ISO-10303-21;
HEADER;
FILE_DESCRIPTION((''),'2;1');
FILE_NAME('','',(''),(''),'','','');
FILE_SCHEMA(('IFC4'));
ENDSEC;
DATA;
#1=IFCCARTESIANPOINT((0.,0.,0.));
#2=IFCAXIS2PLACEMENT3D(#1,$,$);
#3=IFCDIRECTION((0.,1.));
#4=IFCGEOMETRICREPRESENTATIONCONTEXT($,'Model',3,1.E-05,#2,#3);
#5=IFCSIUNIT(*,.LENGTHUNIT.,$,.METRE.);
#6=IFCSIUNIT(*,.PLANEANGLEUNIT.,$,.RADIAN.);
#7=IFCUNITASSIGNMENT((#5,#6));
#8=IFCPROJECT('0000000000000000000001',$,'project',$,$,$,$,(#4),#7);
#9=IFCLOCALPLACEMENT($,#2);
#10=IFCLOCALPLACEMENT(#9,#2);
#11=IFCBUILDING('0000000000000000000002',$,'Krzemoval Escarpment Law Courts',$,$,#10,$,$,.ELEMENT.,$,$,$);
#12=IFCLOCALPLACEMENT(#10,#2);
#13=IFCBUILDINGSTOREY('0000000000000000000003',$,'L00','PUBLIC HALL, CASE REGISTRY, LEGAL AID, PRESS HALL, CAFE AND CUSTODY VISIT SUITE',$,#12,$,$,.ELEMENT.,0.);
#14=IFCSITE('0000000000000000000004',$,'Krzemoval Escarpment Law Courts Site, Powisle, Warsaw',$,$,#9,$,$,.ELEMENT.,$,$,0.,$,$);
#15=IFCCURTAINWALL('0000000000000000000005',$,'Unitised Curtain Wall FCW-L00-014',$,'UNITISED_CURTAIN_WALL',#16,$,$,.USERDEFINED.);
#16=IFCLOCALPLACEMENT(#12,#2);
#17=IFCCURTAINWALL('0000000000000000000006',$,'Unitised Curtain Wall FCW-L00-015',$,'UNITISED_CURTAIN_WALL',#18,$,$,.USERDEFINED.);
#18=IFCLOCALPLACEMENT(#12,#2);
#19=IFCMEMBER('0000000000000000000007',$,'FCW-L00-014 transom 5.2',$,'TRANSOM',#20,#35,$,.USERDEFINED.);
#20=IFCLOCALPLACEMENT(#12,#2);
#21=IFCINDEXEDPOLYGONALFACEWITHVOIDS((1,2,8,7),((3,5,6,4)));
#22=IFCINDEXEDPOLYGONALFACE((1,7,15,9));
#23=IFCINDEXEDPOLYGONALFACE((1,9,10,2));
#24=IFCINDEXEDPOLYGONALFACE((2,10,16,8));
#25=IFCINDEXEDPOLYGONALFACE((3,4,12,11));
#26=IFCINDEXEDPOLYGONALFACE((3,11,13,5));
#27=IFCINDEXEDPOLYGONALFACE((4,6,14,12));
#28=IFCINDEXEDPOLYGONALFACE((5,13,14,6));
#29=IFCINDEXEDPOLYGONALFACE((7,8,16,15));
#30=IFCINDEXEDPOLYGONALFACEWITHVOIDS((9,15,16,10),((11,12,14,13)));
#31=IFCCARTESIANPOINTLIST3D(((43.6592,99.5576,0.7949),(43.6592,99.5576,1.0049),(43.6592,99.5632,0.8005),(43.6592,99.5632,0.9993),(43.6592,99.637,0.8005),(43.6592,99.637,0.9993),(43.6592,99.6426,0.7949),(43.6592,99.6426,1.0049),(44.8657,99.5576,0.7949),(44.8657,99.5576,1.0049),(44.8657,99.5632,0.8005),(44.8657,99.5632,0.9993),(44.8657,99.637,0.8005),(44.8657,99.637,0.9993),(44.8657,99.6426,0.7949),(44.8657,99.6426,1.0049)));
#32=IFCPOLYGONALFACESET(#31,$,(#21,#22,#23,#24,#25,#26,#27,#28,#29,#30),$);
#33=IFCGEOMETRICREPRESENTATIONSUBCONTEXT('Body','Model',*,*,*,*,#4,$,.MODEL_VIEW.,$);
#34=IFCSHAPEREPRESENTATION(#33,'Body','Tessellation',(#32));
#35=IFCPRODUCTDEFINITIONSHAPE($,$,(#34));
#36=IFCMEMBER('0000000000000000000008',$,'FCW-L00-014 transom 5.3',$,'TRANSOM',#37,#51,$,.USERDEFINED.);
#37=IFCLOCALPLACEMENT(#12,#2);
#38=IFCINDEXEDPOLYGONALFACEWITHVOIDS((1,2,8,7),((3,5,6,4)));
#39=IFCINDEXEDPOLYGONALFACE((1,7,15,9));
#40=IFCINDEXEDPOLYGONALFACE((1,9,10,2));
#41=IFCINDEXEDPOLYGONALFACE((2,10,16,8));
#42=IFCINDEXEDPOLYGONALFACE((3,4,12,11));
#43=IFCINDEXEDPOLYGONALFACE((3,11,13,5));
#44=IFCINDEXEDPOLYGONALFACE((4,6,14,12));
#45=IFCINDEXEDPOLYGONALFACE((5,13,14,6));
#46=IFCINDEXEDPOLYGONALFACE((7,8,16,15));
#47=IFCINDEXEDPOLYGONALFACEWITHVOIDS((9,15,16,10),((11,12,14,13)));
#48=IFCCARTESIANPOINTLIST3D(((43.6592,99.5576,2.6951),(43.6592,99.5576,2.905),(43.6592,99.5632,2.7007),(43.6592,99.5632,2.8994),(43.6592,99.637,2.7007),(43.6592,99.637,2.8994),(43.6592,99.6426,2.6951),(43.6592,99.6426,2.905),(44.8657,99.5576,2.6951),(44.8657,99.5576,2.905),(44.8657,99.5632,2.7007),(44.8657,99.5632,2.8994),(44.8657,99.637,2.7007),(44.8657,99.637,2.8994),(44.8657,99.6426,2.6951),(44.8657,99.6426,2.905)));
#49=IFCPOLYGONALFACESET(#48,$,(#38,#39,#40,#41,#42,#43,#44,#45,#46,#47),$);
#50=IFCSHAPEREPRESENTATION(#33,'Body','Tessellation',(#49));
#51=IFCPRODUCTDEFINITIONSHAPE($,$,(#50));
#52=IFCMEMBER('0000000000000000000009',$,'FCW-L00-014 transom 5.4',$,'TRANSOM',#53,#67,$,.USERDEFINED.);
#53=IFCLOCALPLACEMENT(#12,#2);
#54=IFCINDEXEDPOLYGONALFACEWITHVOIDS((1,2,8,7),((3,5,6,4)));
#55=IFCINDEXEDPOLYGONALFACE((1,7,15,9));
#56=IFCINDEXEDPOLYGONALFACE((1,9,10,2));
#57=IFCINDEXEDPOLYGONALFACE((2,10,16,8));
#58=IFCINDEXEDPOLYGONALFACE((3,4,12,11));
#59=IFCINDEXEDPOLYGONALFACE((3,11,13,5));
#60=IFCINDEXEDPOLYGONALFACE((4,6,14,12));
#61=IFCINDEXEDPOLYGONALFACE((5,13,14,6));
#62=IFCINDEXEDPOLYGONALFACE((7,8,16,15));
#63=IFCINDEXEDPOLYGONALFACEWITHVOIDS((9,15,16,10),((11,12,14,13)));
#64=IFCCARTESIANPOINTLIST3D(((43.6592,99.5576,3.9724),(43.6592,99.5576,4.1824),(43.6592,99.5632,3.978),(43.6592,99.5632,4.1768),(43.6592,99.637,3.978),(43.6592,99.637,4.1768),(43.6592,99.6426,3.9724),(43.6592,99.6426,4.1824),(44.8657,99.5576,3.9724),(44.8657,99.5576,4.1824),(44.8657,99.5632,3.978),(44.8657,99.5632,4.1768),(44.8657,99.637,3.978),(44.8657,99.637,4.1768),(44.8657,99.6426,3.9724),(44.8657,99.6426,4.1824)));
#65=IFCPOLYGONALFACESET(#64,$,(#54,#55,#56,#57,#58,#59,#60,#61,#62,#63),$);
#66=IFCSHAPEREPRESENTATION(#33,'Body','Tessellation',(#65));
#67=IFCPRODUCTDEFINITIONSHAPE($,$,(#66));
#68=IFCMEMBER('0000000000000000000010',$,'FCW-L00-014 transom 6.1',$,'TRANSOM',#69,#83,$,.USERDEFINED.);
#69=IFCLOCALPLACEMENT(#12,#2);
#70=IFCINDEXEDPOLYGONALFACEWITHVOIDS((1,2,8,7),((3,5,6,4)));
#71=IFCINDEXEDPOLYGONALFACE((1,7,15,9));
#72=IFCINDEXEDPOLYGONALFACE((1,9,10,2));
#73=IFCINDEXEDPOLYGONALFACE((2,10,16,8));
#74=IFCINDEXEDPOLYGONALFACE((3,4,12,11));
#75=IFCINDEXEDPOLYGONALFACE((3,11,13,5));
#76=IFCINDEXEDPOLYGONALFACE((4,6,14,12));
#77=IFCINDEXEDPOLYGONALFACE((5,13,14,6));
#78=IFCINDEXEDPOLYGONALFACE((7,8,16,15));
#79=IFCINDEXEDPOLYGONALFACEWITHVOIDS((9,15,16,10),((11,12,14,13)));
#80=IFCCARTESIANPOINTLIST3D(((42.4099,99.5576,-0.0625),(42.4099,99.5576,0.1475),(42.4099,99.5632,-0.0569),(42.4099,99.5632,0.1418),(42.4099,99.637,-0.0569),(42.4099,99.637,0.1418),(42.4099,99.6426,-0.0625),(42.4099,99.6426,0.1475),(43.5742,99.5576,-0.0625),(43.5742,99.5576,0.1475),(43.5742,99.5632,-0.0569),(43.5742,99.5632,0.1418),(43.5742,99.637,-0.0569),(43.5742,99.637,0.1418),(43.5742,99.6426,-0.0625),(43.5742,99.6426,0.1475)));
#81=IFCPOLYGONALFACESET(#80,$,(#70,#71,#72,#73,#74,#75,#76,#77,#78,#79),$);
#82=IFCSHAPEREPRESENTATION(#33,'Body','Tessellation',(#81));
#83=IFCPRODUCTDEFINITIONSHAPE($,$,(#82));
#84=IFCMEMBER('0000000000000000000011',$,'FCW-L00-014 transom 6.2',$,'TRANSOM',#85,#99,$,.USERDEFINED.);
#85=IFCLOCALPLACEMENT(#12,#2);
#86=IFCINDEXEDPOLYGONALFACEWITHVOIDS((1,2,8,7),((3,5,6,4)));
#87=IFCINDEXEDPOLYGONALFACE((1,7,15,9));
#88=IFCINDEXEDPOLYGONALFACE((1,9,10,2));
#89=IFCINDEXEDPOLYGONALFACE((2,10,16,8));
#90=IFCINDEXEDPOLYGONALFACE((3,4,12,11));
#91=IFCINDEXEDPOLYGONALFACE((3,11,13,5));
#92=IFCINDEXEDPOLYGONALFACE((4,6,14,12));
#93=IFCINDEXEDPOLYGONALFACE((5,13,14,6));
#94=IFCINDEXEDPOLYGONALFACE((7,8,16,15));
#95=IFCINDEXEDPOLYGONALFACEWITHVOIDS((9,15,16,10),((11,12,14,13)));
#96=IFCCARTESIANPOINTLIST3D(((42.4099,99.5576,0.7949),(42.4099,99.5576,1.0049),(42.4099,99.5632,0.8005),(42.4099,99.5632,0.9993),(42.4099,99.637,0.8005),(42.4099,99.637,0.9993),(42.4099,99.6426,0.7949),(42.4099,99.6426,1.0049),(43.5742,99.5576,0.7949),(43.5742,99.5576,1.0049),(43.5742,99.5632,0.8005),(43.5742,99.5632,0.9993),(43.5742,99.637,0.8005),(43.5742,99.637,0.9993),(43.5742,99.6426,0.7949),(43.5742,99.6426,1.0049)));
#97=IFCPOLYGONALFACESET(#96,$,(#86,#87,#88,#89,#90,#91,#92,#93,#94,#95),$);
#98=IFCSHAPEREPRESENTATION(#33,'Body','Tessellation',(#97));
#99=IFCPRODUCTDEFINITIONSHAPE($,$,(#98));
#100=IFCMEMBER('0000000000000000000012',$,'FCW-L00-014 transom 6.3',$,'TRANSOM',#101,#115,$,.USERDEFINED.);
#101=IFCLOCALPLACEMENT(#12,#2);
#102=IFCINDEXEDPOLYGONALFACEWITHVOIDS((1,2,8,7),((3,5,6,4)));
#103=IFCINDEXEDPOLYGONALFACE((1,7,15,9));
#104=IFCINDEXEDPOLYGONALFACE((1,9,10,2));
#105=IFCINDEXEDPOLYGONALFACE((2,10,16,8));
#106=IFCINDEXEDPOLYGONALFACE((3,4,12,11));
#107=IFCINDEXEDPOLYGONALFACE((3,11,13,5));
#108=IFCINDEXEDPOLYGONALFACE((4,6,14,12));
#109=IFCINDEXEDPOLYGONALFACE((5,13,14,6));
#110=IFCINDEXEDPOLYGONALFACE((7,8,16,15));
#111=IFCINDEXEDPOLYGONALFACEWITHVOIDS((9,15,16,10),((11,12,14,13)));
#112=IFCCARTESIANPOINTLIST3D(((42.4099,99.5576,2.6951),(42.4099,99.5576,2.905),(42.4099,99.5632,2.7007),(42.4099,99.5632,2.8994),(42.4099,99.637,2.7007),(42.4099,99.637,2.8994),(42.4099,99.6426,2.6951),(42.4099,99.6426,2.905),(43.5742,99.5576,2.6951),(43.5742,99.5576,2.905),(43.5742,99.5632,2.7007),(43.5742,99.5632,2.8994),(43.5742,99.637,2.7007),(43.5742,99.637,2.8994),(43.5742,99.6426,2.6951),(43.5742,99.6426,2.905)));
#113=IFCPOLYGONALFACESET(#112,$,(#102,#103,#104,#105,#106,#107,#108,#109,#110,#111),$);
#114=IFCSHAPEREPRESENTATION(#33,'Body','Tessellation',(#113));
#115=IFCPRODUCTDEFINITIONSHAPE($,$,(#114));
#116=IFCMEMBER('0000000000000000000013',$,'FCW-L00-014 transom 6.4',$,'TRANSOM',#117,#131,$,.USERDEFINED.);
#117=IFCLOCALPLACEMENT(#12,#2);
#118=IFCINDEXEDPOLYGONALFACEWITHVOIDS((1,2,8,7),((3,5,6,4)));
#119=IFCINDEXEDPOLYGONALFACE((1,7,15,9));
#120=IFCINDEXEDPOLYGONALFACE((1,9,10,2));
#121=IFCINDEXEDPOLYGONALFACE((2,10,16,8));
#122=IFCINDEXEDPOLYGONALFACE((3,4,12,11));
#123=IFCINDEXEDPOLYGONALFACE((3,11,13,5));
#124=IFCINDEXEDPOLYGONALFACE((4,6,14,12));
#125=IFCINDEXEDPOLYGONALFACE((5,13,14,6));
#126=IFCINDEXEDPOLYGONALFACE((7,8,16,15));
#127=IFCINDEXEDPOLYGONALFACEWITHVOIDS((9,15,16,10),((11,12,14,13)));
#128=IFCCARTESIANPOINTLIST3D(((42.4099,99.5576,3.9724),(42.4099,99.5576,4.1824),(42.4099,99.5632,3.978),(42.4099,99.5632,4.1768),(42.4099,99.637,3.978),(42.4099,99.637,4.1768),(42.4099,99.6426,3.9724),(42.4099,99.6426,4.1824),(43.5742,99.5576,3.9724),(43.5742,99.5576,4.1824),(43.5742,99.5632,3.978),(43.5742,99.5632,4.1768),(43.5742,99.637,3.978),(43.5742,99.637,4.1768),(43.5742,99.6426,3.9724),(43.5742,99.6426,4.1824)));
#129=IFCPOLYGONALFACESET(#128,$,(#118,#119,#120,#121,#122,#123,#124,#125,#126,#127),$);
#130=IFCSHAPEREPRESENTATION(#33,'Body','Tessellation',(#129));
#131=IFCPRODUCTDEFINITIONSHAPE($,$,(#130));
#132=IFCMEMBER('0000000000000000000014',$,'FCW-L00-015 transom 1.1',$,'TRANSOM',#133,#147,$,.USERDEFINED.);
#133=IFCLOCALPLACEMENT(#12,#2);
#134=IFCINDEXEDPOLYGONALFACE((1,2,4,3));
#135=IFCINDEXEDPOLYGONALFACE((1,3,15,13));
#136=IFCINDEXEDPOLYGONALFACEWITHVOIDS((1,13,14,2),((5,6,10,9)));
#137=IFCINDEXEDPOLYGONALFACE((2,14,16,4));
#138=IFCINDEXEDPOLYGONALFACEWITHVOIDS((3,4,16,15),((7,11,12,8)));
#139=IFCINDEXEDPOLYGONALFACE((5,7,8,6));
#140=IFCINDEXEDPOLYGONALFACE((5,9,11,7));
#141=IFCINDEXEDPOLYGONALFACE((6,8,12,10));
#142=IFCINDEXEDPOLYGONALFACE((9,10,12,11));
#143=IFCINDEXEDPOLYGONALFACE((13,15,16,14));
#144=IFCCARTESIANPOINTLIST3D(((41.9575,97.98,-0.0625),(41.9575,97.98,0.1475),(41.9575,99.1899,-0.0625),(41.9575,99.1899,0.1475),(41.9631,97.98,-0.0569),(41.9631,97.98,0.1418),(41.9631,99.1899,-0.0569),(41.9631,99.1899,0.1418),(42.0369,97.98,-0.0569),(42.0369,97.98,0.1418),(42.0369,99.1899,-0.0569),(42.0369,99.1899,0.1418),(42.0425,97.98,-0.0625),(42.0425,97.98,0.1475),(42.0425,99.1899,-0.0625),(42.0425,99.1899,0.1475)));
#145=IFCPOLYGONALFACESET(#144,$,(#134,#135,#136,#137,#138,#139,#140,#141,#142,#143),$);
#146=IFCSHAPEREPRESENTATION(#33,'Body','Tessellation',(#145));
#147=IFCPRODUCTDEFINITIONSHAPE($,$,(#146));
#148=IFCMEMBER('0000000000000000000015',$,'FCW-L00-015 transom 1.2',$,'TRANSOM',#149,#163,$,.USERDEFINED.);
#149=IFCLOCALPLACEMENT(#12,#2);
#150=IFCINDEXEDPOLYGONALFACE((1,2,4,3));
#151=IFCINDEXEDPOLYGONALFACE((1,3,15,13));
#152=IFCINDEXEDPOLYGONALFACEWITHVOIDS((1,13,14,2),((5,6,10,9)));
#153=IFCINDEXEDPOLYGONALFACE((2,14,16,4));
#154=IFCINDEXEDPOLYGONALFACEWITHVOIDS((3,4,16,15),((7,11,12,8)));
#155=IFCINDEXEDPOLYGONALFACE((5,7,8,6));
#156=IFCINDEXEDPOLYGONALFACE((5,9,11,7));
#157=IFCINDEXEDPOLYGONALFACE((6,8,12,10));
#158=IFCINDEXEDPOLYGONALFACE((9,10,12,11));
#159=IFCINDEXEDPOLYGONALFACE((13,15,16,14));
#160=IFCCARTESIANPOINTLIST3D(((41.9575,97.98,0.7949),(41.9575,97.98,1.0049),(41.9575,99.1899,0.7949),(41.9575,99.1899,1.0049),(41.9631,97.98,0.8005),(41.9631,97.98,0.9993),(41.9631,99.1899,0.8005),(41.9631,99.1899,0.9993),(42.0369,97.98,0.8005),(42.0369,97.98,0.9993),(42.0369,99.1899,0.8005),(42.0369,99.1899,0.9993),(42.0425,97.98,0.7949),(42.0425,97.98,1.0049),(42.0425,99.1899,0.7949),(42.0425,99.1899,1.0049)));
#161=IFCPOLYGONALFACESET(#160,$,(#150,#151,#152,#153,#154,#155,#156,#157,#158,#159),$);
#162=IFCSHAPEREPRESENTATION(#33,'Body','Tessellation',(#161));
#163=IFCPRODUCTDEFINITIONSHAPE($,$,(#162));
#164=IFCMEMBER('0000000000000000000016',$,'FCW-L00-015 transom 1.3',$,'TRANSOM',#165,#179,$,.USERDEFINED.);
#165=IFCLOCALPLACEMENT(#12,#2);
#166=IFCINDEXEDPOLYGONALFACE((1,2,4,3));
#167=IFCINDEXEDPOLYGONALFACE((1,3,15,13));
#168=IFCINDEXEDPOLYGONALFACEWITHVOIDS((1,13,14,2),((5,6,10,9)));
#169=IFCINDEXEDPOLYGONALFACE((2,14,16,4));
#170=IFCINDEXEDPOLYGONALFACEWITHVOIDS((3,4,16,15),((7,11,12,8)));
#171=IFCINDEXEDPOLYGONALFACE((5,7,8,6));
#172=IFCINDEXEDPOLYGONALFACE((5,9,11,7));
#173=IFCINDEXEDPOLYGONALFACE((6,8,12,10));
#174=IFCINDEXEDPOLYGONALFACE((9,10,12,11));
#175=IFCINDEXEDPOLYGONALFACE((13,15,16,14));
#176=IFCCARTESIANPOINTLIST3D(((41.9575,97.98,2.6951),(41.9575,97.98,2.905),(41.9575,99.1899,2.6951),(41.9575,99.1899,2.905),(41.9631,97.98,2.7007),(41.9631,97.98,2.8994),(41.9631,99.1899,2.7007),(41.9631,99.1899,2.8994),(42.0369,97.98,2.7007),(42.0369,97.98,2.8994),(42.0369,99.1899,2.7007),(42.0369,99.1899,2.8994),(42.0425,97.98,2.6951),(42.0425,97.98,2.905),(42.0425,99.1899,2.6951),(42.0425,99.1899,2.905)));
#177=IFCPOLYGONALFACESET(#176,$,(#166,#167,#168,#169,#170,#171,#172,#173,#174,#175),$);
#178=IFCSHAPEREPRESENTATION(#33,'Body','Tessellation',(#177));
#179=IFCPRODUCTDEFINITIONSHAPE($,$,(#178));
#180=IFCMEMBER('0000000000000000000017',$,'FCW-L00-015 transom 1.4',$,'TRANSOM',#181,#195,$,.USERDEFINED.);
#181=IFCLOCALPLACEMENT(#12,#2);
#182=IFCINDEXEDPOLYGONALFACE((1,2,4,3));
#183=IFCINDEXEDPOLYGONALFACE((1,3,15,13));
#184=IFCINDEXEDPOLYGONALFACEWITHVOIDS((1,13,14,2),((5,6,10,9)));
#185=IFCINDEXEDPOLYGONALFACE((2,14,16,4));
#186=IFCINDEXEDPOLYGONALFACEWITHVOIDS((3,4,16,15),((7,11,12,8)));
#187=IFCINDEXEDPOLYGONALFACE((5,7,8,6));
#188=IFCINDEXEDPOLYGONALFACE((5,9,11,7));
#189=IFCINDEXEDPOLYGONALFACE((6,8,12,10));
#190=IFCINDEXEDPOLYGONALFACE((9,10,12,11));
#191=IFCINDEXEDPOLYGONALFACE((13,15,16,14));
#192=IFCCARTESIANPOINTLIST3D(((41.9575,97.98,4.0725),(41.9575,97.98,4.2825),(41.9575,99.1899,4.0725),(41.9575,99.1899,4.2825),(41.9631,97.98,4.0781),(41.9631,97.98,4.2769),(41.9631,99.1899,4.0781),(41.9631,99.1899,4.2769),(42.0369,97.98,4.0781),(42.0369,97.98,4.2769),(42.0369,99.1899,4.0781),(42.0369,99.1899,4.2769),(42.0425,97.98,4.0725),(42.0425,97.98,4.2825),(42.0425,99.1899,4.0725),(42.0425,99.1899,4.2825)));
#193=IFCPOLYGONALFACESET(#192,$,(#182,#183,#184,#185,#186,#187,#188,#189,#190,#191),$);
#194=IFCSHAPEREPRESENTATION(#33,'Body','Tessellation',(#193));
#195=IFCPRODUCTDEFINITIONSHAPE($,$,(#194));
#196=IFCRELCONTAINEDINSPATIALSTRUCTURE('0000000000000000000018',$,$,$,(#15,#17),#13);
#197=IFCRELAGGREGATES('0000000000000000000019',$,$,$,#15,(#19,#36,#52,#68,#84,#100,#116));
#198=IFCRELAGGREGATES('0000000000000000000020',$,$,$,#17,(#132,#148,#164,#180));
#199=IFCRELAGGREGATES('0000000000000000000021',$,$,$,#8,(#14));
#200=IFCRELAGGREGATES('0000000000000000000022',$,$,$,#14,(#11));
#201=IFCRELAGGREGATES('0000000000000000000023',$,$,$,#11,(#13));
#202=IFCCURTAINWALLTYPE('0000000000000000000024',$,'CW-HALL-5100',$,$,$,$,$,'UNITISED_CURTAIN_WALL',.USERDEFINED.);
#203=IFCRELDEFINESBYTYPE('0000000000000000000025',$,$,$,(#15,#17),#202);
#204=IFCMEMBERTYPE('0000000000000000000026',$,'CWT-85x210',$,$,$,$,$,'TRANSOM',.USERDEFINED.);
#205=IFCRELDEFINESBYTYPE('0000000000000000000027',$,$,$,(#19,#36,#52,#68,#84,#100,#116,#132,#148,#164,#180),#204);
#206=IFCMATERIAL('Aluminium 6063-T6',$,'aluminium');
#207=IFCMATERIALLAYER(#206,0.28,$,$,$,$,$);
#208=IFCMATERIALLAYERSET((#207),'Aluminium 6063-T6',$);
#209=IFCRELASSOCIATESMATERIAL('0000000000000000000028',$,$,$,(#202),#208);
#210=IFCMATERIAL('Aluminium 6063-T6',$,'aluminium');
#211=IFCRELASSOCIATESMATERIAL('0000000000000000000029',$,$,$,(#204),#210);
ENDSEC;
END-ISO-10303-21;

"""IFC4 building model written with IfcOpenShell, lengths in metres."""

from ifc_helpers import new_model, si_unit, direction, frame, origin, origin_2d, place, context, subcontext, project, spatial, hollow_rectangle, extrude, material, layer, layer_set, material_profile, profile_set, type_object, element, aggregate, save


model = new_model("IFC4")

# Units and contexts
model_context = context("Model", 3, precision=1e-05, world=origin(), true_north=direction((0.0, 1.0)))
body_context = subcontext(model_context, "Body", "Model", "MODEL_VIEW")
ifc_project = project(units=[si_unit("LENGTHUNIT", "METRE"), si_unit("PLANEANGLEUNIT", "RADIAN")], contexts=[model_context])

# Site, building, storey
site_placement = place(None, origin())
site = spatial("IfcSite", under=ifc_project, at=site_placement, Name="Krzemoval Escarpment Law Courts Site, Powisle, Warsaw", CompositionType="ELEMENT", RefElevation=0.0)
building_placement = place(site_placement, origin())
building = spatial("IfcBuilding", under=site, at=building_placement, Name="Krzemoval Escarpment Law Courts", CompositionType="ELEMENT")
storey_placement = place(building_placement, origin())
storey = spatial("IfcBuildingStorey", under=building, at=storey_placement, Name="L00", Description="PUBLIC HALL, CASE REGISTRY, LEGAL AID, PRESS HALL, CAFE AND CUSTODY VISIT SUITE", CompositionType="ELEMENT", Elevation=0.0)

# Curtain walls
ifc_material_1 = material(Name="Aluminium 6063-T6", Category="aluminium")
ifc_layer_1 = layer(ifc_material_1, 0.28)
ifc_layer_set_1 = layer_set([ifc_layer_1], Name="Aluminium 6063-T6")
curtain_wall_type = type_object("IfcCurtainWallType", Name="CW-HALL-5100", ElementType="UNITISED_CURTAIN_WALL", PredefinedType="USERDEFINED", material=ifc_layer_set_1)
curtain_wall_1_placement = place(storey_placement, origin())
curtain_wall_1 = element("IfcCurtainWall", 1, at=curtain_wall_1_placement, inside=storey, type_object=curtain_wall_type, Name="Unitised Curtain Wall FCW-L00-014", ObjectType="UNITISED_CURTAIN_WALL", PredefinedType="USERDEFINED")
curtain_wall_2_placement = place(storey_placement, origin())
curtain_wall_2 = element("IfcCurtainWall", 2, at=curtain_wall_2_placement, inside=storey, type_object=curtain_wall_type, Name="Unitised Curtain Wall FCW-L00-015", ObjectType="UNITISED_CURTAIN_WALL", PredefinedType="USERDEFINED")

# Members
ifc_material_2 = material(Name="Aluminium 6063-T6", Category="aluminium")
ifc_material_profile_1 = material_profile(ifc_material_2, hollow_rectangle(XDim=0.085, YDim=0.21, WallThickness=0.0056, at=origin_2d()), Name="ALU T85x210")
ifc_profile_set_1 = profile_set([ifc_material_profile_1], Name="Aluminium 6063-T6")
member_type_1 = type_object("IfcMemberType", Name="CWT-85x210", ElementType="TRANSOM", PredefinedType="USERDEFINED", material=ifc_profile_set_1)
member_1_placement = place(storey_placement, frame((44.8657, 99.6001, 0.8999), z_axis=(-1.0, 0.0, 0.0), x_axis=(0.0, -1.0, 0.0)))
member_1 = element("IfcMember", 3, at=member_1_placement, type_object=member_type_1, Name="FCW-L00-014 transom 5.2", ObjectType="TRANSOM", PredefinedType="USERDEFINED", context=body_context, shape_type="SweptSolid", body=[
    extrude(hollow_rectangle(XDim=0.085, YDim=0.21, WallThickness=0.0056, at=origin_2d()), origin(), (0.0, 0.0, 1.0), 1.2065),
])
member_2_placement = place(storey_placement, frame((44.8657, 99.6001, 2.8), z_axis=(-1.0, 0.0, 0.0), x_axis=(0.0, -1.0, 0.0)))
member_2 = element("IfcMember", 4, at=member_2_placement, type_object=member_type_1, Name="FCW-L00-014 transom 5.3", ObjectType="TRANSOM", PredefinedType="USERDEFINED", context=body_context, shape_type="SweptSolid", body=[
    extrude(hollow_rectangle(XDim=0.085, YDim=0.21, WallThickness=0.0056, at=origin_2d()), origin(), (0.0, 0.0, 1.0), 1.2065),
])
member_3_placement = place(storey_placement, frame((44.8657, 99.6001, 4.0774), z_axis=(-1.0, 0.0, 0.0), x_axis=(0.0, -1.0, 0.0)))
member_3 = element("IfcMember", 5, at=member_3_placement, type_object=member_type_1, Name="FCW-L00-014 transom 5.4", ObjectType="TRANSOM", PredefinedType="USERDEFINED", context=body_context, shape_type="SweptSolid", body=[
    extrude(hollow_rectangle(XDim=0.085, YDim=0.21, WallThickness=0.0056, at=origin_2d()), origin(), (0.0, 0.0, 1.0), 1.2065),
])
member_4_placement = place(storey_placement, frame((43.5742, 99.6001, 0.0425), z_axis=(-1.0, 0.0, 0.0), x_axis=(0.0, -1.0, 0.0)))
member_4 = element("IfcMember", 6, at=member_4_placement, type_object=member_type_1, Name="FCW-L00-014 transom 6.1", ObjectType="TRANSOM", PredefinedType="USERDEFINED", context=body_context, shape_type="SweptSolid", body=[
    extrude(hollow_rectangle(XDim=0.085, YDim=0.21, WallThickness=0.0056, at=origin_2d()), origin(), (0.0, 0.0, 1.0), 1.1643),
])
member_5_placement = place(storey_placement, frame((43.5742, 99.6001, 0.8999), z_axis=(-1.0, 0.0, 0.0), x_axis=(0.0, -1.0, 0.0)))
member_5 = element("IfcMember", 7, at=member_5_placement, type_object=member_type_1, Name="FCW-L00-014 transom 6.2", ObjectType="TRANSOM", PredefinedType="USERDEFINED", context=body_context, shape_type="SweptSolid", body=[
    extrude(hollow_rectangle(XDim=0.085, YDim=0.21, WallThickness=0.0056, at=origin_2d()), origin(), (0.0, 0.0, 1.0), 1.1643),
])
member_6_placement = place(storey_placement, frame((43.5742, 99.6001, 2.8), z_axis=(-1.0, 0.0, 0.0), x_axis=(0.0, -1.0, 0.0)))
member_6 = element("IfcMember", 8, at=member_6_placement, type_object=member_type_1, Name="FCW-L00-014 transom 6.3", ObjectType="TRANSOM", PredefinedType="USERDEFINED", context=body_context, shape_type="SweptSolid", body=[
    extrude(hollow_rectangle(XDim=0.085, YDim=0.21, WallThickness=0.0056, at=origin_2d()), origin(), (0.0, 0.0, 1.0), 1.1643),
])
member_7_placement = place(storey_placement, frame((43.5742, 99.6001, 4.0774), z_axis=(-1.0, 0.0, 0.0), x_axis=(0.0, -1.0, 0.0)))
member_7 = element("IfcMember", 9, at=member_7_placement, type_object=member_type_1, Name="FCW-L00-014 transom 6.4", ObjectType="TRANSOM", PredefinedType="USERDEFINED", context=body_context, shape_type="SweptSolid", body=[
    extrude(hollow_rectangle(XDim=0.085, YDim=0.21, WallThickness=0.0056, at=origin_2d()), origin(), (0.0, 0.0, 1.0), 1.1643),
])
member_8_placement = place(storey_placement, frame((42.0, 99.1899, 0.0425), z_axis=(0.0, -1.0, 0.0), x_axis=(1.0, 0.0, 0.0)))
member_8 = element("IfcMember", 10, at=member_8_placement, type_object=member_type_1, Name="FCW-L00-015 transom 1.1", ObjectType="TRANSOM", PredefinedType="USERDEFINED", context=body_context, shape_type="SweptSolid", body=[
    extrude(hollow_rectangle(XDim=0.085, YDim=0.21, WallThickness=0.0056, at=origin_2d()), origin(), (0.0, 0.0, 1.0), 1.21),
])
member_9_placement = place(storey_placement, frame((42.0, 99.1899, 0.8999), z_axis=(0.0, -1.0, 0.0), x_axis=(1.0, 0.0, 0.0)))
member_9 = element("IfcMember", 11, at=member_9_placement, type_object=member_type_1, Name="FCW-L00-015 transom 1.2", ObjectType="TRANSOM", PredefinedType="USERDEFINED", context=body_context, shape_type="SweptSolid", body=[
    extrude(hollow_rectangle(XDim=0.085, YDim=0.21, WallThickness=0.0056, at=origin_2d()), origin(), (0.0, 0.0, 1.0), 1.21),
])
member_10_placement = place(storey_placement, frame((42.0, 99.1899, 2.8), z_axis=(0.0, -1.0, 0.0), x_axis=(1.0, 0.0, 0.0)))
member_10 = element("IfcMember", 12, at=member_10_placement, type_object=member_type_1, Name="FCW-L00-015 transom 1.3", ObjectType="TRANSOM", PredefinedType="USERDEFINED", context=body_context, shape_type="SweptSolid", body=[
    extrude(hollow_rectangle(XDim=0.085, YDim=0.21, WallThickness=0.0056, at=origin_2d()), origin(), (0.0, 0.0, 1.0), 1.21),
])
member_11_placement = place(storey_placement, frame((42.0, 99.1899, 4.1775), z_axis=(0.0, -1.0, 0.0), x_axis=(1.0, 0.0, 0.0)))
member_11 = element("IfcMember", 13, at=member_11_placement, type_object=member_type_1, Name="FCW-L00-015 transom 1.4", ObjectType="TRANSOM", PredefinedType="USERDEFINED", context=body_context, shape_type="SweptSolid", body=[
    extrude(hollow_rectangle(XDim=0.085, YDim=0.21, WallThickness=0.0056, at=origin_2d()), origin(), (0.0, 0.0, 1.0), 1.21),
])

aggregate(curtain_wall_1, [member_1, member_2, member_3, member_4, member_5, member_6, member_7])
aggregate(curtain_wall_2, [member_8, member_9, member_10, member_11])

save(model, "model.ifc")
